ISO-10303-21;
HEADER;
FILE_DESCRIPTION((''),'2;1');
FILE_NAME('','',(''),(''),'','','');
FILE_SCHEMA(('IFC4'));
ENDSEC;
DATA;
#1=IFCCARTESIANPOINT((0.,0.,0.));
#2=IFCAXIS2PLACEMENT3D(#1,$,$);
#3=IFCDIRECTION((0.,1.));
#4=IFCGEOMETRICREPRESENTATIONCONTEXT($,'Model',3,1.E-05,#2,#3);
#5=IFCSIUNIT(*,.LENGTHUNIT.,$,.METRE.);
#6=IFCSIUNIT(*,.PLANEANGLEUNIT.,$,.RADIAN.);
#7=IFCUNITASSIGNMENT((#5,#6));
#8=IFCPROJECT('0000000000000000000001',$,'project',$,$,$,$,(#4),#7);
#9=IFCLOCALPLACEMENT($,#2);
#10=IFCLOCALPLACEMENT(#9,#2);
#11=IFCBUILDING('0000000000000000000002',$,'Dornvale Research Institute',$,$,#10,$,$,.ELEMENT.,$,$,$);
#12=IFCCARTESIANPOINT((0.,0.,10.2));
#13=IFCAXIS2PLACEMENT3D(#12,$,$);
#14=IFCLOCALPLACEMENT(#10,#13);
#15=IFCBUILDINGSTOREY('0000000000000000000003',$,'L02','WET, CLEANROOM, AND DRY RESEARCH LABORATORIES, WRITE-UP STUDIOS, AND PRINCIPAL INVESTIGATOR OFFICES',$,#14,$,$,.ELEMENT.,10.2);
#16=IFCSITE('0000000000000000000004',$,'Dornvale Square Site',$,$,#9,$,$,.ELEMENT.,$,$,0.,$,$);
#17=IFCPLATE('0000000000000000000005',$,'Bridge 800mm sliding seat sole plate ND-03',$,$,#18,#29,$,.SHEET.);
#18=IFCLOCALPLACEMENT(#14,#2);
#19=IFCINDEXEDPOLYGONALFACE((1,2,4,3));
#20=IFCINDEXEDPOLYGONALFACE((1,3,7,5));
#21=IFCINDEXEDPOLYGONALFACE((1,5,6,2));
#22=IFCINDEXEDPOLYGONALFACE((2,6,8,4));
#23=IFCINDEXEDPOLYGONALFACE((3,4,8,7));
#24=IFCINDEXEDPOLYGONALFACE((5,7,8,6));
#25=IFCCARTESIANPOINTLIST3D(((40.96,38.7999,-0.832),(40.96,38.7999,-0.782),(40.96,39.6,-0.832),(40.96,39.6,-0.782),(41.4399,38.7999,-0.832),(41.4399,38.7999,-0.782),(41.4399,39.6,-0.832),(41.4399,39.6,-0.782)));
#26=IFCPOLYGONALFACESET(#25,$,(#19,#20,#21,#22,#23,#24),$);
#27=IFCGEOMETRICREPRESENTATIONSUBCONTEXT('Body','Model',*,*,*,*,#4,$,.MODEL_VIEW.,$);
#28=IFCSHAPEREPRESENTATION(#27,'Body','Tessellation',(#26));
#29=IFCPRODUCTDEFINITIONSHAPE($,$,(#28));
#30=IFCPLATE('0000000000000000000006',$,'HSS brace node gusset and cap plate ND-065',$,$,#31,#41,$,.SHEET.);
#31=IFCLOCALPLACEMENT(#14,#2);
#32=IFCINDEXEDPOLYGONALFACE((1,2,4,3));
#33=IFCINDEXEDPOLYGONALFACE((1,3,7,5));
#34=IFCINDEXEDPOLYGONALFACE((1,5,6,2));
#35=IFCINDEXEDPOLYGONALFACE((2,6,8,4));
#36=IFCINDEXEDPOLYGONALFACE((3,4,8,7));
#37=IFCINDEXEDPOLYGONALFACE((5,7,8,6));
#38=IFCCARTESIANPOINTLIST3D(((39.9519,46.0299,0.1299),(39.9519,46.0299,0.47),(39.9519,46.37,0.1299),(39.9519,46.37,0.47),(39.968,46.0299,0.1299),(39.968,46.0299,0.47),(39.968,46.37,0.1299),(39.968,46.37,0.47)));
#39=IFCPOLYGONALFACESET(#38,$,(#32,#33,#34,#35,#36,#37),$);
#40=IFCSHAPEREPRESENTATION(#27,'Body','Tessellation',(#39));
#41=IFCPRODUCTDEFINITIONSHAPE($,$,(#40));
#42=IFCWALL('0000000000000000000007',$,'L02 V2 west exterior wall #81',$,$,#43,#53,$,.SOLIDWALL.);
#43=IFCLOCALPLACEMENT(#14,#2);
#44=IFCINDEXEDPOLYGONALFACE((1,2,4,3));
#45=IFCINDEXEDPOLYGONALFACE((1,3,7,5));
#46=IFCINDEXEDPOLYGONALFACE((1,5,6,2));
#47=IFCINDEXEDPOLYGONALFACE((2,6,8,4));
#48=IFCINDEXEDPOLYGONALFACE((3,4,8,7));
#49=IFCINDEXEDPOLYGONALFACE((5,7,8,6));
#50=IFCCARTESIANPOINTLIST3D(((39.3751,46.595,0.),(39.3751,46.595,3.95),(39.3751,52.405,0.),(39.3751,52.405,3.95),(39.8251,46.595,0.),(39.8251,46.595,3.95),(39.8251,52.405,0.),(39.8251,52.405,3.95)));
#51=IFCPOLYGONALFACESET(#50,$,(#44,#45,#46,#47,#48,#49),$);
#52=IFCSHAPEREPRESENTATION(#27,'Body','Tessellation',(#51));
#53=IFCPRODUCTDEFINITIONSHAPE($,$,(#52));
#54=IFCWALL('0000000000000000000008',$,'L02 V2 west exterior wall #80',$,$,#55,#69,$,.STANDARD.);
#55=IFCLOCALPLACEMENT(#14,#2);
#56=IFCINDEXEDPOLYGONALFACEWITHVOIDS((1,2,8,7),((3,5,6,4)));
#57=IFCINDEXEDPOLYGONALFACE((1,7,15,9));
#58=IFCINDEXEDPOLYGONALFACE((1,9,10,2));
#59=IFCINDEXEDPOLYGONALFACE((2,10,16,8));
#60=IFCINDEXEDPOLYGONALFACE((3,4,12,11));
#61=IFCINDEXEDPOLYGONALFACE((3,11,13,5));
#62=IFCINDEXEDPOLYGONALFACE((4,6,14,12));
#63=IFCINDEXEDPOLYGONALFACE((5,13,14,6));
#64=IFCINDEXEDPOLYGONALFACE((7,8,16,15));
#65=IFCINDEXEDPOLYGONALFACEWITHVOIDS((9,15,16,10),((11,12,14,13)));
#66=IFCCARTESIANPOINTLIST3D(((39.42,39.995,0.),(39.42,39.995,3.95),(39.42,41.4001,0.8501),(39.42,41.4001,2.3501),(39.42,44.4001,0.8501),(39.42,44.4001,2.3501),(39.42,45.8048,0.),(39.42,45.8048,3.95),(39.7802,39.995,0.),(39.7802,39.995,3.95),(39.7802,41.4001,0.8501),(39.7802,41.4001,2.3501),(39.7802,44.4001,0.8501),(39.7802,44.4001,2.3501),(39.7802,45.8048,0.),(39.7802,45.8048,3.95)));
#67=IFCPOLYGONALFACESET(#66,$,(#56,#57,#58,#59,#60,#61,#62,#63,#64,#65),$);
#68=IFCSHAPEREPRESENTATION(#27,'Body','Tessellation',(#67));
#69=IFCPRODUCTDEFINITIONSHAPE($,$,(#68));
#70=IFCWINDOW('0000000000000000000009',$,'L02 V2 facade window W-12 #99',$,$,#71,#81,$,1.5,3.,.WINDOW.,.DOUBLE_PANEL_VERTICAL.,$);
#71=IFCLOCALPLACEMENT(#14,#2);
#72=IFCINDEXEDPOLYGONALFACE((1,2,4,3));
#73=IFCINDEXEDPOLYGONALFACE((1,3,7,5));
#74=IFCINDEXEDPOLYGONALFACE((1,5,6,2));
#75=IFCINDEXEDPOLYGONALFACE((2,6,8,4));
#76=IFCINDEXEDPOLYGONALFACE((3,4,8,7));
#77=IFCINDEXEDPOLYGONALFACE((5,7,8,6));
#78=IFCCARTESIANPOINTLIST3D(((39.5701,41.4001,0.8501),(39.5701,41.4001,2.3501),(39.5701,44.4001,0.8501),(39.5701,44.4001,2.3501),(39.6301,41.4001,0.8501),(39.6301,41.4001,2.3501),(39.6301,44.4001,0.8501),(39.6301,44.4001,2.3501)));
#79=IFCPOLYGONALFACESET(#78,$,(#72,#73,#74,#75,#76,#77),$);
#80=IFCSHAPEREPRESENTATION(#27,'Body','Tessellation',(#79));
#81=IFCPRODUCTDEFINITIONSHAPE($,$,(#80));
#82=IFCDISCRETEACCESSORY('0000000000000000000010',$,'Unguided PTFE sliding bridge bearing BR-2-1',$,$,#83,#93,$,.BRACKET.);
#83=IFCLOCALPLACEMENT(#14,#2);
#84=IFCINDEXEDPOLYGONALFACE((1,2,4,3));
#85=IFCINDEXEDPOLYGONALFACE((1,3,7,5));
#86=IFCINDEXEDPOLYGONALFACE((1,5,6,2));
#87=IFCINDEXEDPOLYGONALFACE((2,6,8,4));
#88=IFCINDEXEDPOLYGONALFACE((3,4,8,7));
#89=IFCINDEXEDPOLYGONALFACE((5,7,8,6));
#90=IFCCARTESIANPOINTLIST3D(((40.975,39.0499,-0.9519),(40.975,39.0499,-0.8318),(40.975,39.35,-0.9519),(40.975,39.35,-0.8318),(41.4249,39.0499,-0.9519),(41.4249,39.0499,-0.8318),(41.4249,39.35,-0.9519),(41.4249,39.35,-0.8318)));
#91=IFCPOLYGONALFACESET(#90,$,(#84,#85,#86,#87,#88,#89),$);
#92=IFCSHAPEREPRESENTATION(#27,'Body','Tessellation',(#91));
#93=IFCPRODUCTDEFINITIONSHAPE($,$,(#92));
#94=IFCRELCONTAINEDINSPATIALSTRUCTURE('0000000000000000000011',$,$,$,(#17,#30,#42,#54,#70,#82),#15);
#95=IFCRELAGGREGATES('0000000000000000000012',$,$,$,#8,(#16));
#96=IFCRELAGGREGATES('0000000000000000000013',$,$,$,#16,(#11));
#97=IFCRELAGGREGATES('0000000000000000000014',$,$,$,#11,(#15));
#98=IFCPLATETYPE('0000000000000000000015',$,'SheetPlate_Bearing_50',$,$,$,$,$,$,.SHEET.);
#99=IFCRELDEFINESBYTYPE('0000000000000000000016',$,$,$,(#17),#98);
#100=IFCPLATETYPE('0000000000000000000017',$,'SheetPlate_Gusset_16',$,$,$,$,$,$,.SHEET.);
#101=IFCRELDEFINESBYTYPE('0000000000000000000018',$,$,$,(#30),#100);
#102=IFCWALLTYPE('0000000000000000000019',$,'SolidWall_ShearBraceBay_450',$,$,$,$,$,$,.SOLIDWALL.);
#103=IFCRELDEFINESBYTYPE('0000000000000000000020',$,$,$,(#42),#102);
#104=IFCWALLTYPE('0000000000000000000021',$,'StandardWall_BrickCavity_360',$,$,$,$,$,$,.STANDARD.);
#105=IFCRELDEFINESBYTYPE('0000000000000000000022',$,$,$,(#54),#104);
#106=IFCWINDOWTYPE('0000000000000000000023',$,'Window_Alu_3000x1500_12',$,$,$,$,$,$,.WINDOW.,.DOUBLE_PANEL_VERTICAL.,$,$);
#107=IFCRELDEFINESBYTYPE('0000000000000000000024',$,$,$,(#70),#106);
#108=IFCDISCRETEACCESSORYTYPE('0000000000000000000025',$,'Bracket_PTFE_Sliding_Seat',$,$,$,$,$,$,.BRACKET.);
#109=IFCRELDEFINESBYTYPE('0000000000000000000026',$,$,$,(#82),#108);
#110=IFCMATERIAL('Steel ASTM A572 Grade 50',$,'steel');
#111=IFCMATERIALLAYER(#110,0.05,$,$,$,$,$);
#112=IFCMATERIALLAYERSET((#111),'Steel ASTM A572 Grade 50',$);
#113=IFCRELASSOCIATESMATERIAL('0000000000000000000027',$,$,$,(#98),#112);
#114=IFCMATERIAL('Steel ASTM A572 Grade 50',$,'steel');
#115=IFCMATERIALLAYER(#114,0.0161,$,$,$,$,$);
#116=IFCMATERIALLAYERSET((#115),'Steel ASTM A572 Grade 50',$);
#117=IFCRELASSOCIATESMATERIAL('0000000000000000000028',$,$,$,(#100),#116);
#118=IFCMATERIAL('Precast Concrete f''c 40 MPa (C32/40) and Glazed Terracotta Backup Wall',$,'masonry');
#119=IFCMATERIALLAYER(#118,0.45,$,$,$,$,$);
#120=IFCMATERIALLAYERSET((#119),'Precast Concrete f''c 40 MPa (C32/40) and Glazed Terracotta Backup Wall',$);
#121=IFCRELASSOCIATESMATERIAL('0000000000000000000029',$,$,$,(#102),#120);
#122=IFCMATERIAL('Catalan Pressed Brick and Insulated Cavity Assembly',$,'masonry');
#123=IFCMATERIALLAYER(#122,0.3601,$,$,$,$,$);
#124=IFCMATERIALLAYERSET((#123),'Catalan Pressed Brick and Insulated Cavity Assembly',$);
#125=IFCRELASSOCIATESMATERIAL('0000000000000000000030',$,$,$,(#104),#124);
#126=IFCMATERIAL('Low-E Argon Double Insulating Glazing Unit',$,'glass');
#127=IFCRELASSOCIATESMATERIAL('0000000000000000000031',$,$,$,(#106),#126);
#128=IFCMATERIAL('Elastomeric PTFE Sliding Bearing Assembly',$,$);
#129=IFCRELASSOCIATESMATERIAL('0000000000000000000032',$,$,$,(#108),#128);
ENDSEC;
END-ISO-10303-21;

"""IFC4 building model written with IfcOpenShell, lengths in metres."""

from ifc_helpers import new_model, si_unit, direction, frame, frame_2d, origin, origin_2d, place, context, subcontext, project, spatial, rectangle, extrude, material, layer, layer_set, type_object, element, fill, save


model = new_model("IFC4")

# Units and contexts
model_context = context("Model", 3, precision=1e-05, world=origin(), true_north=direction((0.0, 1.0)))
body_context = subcontext(model_context, "Body", "Model", "MODEL_VIEW")
ifc_project = project(units=[si_unit("LENGTHUNIT", "METRE"), si_unit("PLANEANGLEUNIT", "RADIAN")], contexts=[model_context])

# Site, building, storey
site_placement = place(None, origin())
site = spatial("IfcSite", under=ifc_project, at=site_placement, Name="Dornvale Square Site", CompositionType="ELEMENT", RefElevation=0.0)
building_placement = place(site_placement, origin())
building = spatial("IfcBuilding", under=site, at=building_placement, Name="Dornvale Research Institute", CompositionType="ELEMENT")
storey_placement = place(building_placement, frame((0.0, 0.0, 10.2)))
storey = spatial("IfcBuildingStorey", under=building, at=storey_placement, Name="L02", Description="WET, CLEANROOM, AND DRY RESEARCH LABORATORIES, WRITE-UP STUDIOS, AND PRINCIPAL INVESTIGATOR OFFICES", CompositionType="ELEMENT", Elevation=10.2)

# Plates
ifc_material_1 = material(Name="Steel ASTM A572 Grade 50", Category="steel")
ifc_layer_1 = layer(ifc_material_1, 0.05)
ifc_layer_set_1 = layer_set([ifc_layer_1], Name="Steel ASTM A572 Grade 50")
plate_type_1 = type_object("IfcPlateType", Name="SheetPlate_Bearing_50", PredefinedType="SHEET", material=ifc_layer_set_1)
plate_1_placement = place(storey_placement, frame((41.2, 39.2, -0.832), z_axis=(0.0, 0.0, 1.0), x_axis=(1.0, 0.0, 0.0)))
element("IfcPlate", 1, at=plate_1_placement, inside=storey, type_object=plate_type_1, Name="Bridge 800mm sliding seat sole plate ND-03", PredefinedType="SHEET", context=body_context, shape_type="SweptSolid", body=[
    extrude(rectangle(XDim=0.48, YDim=0.8, at=origin_2d()), origin(), (0.0, 0.0, 1.0), 0.05),
])
ifc_material_2 = material(Name="Steel ASTM A572 Grade 50", Category="steel")
ifc_layer_2 = layer(ifc_material_2, 0.0161)
ifc_layer_set_2 = layer_set([ifc_layer_2], Name="Steel ASTM A572 Grade 50")
plate_type_2 = type_object("IfcPlateType", Name="SheetPlate_Gusset_16", PredefinedType="SHEET", material=ifc_layer_set_2)
plate_2_placement = place(storey_placement, frame((39.96, 46.2, 0.1299), z_axis=(0.0, 0.0, 1.0), x_axis=(0.0, 1.0, 0.0)))
element("IfcPlate", 2, at=plate_2_placement, inside=storey, type_object=plate_type_2, Name="HSS brace node gusset and cap plate ND-065", PredefinedType="SHEET", context=body_context, shape_type="SweptSolid", body=[
    extrude(rectangle(XDim=0.3401, YDim=0.0161, at=origin_2d()), origin(), (0.0, 0.0, 1.0), 0.3401),
])

# Wall
ifc_material_3 = material(Name="Precast Concrete f'c 40 MPa (C32/40) and Glazed Terracotta Backup Wall", Category="masonry")
ifc_layer_3 = layer(ifc_material_3, 0.45)
ifc_layer_set_3 = layer_set([ifc_layer_3], Name="Precast Concrete f'c 40 MPa (C32/40) and Glazed Terracotta Backup Wall")
wall_type_1 = type_object("IfcWallType", Name="SolidWall_ShearBraceBay_450", PredefinedType="SOLIDWALL", material=ifc_layer_set_3)
wall_1_placement = place(storey_placement, frame((39.6001, 46.595, 0.0), z_axis=(0.0, 0.0, 1.0), x_axis=(0.0, 1.0, 0.0)))
element("IfcWall", 3, at=wall_1_placement, inside=storey, type_object=wall_type_1, Name="L02 V2 west exterior wall #81", PredefinedType="SOLIDWALL", context=body_context, shape_type="SweptSolid", body=[
    extrude(rectangle(XDim=5.8101, YDim=0.45, at=frame_2d((2.905, 0.0))), origin(), (0.0, 0.0, 1.0), 3.95),
])

# Wall, opening, window
ifc_material_4 = material(Name="Catalan Pressed Brick and Insulated Cavity Assembly", Category="masonry")
ifc_layer_4 = layer(ifc_material_4, 0.3601)
ifc_layer_set_4 = layer_set([ifc_layer_4], Name="Catalan Pressed Brick and Insulated Cavity Assembly")
wall_type_2 = type_object("IfcWallType", Name="StandardWall_BrickCavity_360", PredefinedType="STANDARD", material=ifc_layer_set_4)
wall_2_placement = place(storey_placement, frame((39.6001, 39.9951, 0.0), z_axis=(0.0, 0.0, 1.0), x_axis=(0.0, 1.0, 0.0)))
wall_2 = element("IfcWall", 4, at=wall_2_placement, inside=storey, type_object=wall_type_2, Name="L02 V2 west exterior wall #80", PredefinedType="STANDARD", context=body_context, shape_type="SweptSolid", body=[
    extrude(rectangle(XDim=5.8098, YDim=0.3601, at=frame_2d((2.9048, 0.0))), origin(), (0.0, 0.0, 1.0), 3.95),
])
opening_placement = place(wall_2_placement, frame((1.405, 0.0, 0.8501)))
opening = element("IfcOpeningElement", 5, at=opening_placement, cuts=wall_2, PredefinedType="OPENING", context=body_context, shape_type="SweptSolid", body=[
    extrude(rectangle(XDim=3.0, YDim=1.5, at=frame_2d((1.5, 0.75))), frame((0.0, 0.1951, 0.0), z_axis=(0.0, -1.0, 0.0), x_axis=(1.0, 0.0, 0.0)), (0.0, 0.0, 1.0), 0.3901),
])
ifc_material_5 = material(Name="Low-E Argon Double Insulating Glazing Unit", Category="glass")
window_type = type_object("IfcWindowType", Name="Window_Alu_3000x1500_12", PartitioningType="DOUBLE_PANEL_VERTICAL", PredefinedType="WINDOW", material=ifc_material_5)
window_placement = place(opening_placement, origin())
window = element("IfcWindow", 6, at=window_placement, inside=storey, type_object=window_type, Name="L02 V2 facade window W-12 #99", OverallHeight=1.5, OverallWidth=3.0, PartitioningType="DOUBLE_PANEL_VERTICAL", PredefinedType="WINDOW", context=body_context, shape_type="SweptSolid", body=[
    extrude(rectangle(XDim=3.0, YDim=1.5, at=frame_2d((1.5, 0.75))), frame((0.0, 0.03, 0.0), z_axis=(0.0, -1.0, 0.0), x_axis=(1.0, 0.0, 0.0)), (0.0, 0.0, 1.0), 0.0601),
])
fill(opening, window)

# Discrete accessory
ifc_material_6 = material(Name="Elastomeric PTFE Sliding Bearing Assembly")
discrete_accessory_type = type_object("IfcDiscreteAccessoryType", Name="Bracket_PTFE_Sliding_Seat", PredefinedType="BRACKET", material=ifc_material_6)
discrete_accessory_placement = place(storey_placement, frame((41.2, 39.2, -0.9519), z_axis=(0.0, 0.0, 1.0), x_axis=(1.0, 0.0, 0.0)))
element("IfcDiscreteAccessory", 7, at=discrete_accessory_placement, inside=storey, type_object=discrete_accessory_type, Name="Unguided PTFE sliding bridge bearing BR-2-1", PredefinedType="BRACKET", context=body_context, shape_type="SweptSolid", body=[
    extrude(rectangle(XDim=0.45, YDim=0.3, at=origin_2d()), origin(), (0.0, 0.0, 1.0), 0.1201),
])

save(model, "model.ifc")
